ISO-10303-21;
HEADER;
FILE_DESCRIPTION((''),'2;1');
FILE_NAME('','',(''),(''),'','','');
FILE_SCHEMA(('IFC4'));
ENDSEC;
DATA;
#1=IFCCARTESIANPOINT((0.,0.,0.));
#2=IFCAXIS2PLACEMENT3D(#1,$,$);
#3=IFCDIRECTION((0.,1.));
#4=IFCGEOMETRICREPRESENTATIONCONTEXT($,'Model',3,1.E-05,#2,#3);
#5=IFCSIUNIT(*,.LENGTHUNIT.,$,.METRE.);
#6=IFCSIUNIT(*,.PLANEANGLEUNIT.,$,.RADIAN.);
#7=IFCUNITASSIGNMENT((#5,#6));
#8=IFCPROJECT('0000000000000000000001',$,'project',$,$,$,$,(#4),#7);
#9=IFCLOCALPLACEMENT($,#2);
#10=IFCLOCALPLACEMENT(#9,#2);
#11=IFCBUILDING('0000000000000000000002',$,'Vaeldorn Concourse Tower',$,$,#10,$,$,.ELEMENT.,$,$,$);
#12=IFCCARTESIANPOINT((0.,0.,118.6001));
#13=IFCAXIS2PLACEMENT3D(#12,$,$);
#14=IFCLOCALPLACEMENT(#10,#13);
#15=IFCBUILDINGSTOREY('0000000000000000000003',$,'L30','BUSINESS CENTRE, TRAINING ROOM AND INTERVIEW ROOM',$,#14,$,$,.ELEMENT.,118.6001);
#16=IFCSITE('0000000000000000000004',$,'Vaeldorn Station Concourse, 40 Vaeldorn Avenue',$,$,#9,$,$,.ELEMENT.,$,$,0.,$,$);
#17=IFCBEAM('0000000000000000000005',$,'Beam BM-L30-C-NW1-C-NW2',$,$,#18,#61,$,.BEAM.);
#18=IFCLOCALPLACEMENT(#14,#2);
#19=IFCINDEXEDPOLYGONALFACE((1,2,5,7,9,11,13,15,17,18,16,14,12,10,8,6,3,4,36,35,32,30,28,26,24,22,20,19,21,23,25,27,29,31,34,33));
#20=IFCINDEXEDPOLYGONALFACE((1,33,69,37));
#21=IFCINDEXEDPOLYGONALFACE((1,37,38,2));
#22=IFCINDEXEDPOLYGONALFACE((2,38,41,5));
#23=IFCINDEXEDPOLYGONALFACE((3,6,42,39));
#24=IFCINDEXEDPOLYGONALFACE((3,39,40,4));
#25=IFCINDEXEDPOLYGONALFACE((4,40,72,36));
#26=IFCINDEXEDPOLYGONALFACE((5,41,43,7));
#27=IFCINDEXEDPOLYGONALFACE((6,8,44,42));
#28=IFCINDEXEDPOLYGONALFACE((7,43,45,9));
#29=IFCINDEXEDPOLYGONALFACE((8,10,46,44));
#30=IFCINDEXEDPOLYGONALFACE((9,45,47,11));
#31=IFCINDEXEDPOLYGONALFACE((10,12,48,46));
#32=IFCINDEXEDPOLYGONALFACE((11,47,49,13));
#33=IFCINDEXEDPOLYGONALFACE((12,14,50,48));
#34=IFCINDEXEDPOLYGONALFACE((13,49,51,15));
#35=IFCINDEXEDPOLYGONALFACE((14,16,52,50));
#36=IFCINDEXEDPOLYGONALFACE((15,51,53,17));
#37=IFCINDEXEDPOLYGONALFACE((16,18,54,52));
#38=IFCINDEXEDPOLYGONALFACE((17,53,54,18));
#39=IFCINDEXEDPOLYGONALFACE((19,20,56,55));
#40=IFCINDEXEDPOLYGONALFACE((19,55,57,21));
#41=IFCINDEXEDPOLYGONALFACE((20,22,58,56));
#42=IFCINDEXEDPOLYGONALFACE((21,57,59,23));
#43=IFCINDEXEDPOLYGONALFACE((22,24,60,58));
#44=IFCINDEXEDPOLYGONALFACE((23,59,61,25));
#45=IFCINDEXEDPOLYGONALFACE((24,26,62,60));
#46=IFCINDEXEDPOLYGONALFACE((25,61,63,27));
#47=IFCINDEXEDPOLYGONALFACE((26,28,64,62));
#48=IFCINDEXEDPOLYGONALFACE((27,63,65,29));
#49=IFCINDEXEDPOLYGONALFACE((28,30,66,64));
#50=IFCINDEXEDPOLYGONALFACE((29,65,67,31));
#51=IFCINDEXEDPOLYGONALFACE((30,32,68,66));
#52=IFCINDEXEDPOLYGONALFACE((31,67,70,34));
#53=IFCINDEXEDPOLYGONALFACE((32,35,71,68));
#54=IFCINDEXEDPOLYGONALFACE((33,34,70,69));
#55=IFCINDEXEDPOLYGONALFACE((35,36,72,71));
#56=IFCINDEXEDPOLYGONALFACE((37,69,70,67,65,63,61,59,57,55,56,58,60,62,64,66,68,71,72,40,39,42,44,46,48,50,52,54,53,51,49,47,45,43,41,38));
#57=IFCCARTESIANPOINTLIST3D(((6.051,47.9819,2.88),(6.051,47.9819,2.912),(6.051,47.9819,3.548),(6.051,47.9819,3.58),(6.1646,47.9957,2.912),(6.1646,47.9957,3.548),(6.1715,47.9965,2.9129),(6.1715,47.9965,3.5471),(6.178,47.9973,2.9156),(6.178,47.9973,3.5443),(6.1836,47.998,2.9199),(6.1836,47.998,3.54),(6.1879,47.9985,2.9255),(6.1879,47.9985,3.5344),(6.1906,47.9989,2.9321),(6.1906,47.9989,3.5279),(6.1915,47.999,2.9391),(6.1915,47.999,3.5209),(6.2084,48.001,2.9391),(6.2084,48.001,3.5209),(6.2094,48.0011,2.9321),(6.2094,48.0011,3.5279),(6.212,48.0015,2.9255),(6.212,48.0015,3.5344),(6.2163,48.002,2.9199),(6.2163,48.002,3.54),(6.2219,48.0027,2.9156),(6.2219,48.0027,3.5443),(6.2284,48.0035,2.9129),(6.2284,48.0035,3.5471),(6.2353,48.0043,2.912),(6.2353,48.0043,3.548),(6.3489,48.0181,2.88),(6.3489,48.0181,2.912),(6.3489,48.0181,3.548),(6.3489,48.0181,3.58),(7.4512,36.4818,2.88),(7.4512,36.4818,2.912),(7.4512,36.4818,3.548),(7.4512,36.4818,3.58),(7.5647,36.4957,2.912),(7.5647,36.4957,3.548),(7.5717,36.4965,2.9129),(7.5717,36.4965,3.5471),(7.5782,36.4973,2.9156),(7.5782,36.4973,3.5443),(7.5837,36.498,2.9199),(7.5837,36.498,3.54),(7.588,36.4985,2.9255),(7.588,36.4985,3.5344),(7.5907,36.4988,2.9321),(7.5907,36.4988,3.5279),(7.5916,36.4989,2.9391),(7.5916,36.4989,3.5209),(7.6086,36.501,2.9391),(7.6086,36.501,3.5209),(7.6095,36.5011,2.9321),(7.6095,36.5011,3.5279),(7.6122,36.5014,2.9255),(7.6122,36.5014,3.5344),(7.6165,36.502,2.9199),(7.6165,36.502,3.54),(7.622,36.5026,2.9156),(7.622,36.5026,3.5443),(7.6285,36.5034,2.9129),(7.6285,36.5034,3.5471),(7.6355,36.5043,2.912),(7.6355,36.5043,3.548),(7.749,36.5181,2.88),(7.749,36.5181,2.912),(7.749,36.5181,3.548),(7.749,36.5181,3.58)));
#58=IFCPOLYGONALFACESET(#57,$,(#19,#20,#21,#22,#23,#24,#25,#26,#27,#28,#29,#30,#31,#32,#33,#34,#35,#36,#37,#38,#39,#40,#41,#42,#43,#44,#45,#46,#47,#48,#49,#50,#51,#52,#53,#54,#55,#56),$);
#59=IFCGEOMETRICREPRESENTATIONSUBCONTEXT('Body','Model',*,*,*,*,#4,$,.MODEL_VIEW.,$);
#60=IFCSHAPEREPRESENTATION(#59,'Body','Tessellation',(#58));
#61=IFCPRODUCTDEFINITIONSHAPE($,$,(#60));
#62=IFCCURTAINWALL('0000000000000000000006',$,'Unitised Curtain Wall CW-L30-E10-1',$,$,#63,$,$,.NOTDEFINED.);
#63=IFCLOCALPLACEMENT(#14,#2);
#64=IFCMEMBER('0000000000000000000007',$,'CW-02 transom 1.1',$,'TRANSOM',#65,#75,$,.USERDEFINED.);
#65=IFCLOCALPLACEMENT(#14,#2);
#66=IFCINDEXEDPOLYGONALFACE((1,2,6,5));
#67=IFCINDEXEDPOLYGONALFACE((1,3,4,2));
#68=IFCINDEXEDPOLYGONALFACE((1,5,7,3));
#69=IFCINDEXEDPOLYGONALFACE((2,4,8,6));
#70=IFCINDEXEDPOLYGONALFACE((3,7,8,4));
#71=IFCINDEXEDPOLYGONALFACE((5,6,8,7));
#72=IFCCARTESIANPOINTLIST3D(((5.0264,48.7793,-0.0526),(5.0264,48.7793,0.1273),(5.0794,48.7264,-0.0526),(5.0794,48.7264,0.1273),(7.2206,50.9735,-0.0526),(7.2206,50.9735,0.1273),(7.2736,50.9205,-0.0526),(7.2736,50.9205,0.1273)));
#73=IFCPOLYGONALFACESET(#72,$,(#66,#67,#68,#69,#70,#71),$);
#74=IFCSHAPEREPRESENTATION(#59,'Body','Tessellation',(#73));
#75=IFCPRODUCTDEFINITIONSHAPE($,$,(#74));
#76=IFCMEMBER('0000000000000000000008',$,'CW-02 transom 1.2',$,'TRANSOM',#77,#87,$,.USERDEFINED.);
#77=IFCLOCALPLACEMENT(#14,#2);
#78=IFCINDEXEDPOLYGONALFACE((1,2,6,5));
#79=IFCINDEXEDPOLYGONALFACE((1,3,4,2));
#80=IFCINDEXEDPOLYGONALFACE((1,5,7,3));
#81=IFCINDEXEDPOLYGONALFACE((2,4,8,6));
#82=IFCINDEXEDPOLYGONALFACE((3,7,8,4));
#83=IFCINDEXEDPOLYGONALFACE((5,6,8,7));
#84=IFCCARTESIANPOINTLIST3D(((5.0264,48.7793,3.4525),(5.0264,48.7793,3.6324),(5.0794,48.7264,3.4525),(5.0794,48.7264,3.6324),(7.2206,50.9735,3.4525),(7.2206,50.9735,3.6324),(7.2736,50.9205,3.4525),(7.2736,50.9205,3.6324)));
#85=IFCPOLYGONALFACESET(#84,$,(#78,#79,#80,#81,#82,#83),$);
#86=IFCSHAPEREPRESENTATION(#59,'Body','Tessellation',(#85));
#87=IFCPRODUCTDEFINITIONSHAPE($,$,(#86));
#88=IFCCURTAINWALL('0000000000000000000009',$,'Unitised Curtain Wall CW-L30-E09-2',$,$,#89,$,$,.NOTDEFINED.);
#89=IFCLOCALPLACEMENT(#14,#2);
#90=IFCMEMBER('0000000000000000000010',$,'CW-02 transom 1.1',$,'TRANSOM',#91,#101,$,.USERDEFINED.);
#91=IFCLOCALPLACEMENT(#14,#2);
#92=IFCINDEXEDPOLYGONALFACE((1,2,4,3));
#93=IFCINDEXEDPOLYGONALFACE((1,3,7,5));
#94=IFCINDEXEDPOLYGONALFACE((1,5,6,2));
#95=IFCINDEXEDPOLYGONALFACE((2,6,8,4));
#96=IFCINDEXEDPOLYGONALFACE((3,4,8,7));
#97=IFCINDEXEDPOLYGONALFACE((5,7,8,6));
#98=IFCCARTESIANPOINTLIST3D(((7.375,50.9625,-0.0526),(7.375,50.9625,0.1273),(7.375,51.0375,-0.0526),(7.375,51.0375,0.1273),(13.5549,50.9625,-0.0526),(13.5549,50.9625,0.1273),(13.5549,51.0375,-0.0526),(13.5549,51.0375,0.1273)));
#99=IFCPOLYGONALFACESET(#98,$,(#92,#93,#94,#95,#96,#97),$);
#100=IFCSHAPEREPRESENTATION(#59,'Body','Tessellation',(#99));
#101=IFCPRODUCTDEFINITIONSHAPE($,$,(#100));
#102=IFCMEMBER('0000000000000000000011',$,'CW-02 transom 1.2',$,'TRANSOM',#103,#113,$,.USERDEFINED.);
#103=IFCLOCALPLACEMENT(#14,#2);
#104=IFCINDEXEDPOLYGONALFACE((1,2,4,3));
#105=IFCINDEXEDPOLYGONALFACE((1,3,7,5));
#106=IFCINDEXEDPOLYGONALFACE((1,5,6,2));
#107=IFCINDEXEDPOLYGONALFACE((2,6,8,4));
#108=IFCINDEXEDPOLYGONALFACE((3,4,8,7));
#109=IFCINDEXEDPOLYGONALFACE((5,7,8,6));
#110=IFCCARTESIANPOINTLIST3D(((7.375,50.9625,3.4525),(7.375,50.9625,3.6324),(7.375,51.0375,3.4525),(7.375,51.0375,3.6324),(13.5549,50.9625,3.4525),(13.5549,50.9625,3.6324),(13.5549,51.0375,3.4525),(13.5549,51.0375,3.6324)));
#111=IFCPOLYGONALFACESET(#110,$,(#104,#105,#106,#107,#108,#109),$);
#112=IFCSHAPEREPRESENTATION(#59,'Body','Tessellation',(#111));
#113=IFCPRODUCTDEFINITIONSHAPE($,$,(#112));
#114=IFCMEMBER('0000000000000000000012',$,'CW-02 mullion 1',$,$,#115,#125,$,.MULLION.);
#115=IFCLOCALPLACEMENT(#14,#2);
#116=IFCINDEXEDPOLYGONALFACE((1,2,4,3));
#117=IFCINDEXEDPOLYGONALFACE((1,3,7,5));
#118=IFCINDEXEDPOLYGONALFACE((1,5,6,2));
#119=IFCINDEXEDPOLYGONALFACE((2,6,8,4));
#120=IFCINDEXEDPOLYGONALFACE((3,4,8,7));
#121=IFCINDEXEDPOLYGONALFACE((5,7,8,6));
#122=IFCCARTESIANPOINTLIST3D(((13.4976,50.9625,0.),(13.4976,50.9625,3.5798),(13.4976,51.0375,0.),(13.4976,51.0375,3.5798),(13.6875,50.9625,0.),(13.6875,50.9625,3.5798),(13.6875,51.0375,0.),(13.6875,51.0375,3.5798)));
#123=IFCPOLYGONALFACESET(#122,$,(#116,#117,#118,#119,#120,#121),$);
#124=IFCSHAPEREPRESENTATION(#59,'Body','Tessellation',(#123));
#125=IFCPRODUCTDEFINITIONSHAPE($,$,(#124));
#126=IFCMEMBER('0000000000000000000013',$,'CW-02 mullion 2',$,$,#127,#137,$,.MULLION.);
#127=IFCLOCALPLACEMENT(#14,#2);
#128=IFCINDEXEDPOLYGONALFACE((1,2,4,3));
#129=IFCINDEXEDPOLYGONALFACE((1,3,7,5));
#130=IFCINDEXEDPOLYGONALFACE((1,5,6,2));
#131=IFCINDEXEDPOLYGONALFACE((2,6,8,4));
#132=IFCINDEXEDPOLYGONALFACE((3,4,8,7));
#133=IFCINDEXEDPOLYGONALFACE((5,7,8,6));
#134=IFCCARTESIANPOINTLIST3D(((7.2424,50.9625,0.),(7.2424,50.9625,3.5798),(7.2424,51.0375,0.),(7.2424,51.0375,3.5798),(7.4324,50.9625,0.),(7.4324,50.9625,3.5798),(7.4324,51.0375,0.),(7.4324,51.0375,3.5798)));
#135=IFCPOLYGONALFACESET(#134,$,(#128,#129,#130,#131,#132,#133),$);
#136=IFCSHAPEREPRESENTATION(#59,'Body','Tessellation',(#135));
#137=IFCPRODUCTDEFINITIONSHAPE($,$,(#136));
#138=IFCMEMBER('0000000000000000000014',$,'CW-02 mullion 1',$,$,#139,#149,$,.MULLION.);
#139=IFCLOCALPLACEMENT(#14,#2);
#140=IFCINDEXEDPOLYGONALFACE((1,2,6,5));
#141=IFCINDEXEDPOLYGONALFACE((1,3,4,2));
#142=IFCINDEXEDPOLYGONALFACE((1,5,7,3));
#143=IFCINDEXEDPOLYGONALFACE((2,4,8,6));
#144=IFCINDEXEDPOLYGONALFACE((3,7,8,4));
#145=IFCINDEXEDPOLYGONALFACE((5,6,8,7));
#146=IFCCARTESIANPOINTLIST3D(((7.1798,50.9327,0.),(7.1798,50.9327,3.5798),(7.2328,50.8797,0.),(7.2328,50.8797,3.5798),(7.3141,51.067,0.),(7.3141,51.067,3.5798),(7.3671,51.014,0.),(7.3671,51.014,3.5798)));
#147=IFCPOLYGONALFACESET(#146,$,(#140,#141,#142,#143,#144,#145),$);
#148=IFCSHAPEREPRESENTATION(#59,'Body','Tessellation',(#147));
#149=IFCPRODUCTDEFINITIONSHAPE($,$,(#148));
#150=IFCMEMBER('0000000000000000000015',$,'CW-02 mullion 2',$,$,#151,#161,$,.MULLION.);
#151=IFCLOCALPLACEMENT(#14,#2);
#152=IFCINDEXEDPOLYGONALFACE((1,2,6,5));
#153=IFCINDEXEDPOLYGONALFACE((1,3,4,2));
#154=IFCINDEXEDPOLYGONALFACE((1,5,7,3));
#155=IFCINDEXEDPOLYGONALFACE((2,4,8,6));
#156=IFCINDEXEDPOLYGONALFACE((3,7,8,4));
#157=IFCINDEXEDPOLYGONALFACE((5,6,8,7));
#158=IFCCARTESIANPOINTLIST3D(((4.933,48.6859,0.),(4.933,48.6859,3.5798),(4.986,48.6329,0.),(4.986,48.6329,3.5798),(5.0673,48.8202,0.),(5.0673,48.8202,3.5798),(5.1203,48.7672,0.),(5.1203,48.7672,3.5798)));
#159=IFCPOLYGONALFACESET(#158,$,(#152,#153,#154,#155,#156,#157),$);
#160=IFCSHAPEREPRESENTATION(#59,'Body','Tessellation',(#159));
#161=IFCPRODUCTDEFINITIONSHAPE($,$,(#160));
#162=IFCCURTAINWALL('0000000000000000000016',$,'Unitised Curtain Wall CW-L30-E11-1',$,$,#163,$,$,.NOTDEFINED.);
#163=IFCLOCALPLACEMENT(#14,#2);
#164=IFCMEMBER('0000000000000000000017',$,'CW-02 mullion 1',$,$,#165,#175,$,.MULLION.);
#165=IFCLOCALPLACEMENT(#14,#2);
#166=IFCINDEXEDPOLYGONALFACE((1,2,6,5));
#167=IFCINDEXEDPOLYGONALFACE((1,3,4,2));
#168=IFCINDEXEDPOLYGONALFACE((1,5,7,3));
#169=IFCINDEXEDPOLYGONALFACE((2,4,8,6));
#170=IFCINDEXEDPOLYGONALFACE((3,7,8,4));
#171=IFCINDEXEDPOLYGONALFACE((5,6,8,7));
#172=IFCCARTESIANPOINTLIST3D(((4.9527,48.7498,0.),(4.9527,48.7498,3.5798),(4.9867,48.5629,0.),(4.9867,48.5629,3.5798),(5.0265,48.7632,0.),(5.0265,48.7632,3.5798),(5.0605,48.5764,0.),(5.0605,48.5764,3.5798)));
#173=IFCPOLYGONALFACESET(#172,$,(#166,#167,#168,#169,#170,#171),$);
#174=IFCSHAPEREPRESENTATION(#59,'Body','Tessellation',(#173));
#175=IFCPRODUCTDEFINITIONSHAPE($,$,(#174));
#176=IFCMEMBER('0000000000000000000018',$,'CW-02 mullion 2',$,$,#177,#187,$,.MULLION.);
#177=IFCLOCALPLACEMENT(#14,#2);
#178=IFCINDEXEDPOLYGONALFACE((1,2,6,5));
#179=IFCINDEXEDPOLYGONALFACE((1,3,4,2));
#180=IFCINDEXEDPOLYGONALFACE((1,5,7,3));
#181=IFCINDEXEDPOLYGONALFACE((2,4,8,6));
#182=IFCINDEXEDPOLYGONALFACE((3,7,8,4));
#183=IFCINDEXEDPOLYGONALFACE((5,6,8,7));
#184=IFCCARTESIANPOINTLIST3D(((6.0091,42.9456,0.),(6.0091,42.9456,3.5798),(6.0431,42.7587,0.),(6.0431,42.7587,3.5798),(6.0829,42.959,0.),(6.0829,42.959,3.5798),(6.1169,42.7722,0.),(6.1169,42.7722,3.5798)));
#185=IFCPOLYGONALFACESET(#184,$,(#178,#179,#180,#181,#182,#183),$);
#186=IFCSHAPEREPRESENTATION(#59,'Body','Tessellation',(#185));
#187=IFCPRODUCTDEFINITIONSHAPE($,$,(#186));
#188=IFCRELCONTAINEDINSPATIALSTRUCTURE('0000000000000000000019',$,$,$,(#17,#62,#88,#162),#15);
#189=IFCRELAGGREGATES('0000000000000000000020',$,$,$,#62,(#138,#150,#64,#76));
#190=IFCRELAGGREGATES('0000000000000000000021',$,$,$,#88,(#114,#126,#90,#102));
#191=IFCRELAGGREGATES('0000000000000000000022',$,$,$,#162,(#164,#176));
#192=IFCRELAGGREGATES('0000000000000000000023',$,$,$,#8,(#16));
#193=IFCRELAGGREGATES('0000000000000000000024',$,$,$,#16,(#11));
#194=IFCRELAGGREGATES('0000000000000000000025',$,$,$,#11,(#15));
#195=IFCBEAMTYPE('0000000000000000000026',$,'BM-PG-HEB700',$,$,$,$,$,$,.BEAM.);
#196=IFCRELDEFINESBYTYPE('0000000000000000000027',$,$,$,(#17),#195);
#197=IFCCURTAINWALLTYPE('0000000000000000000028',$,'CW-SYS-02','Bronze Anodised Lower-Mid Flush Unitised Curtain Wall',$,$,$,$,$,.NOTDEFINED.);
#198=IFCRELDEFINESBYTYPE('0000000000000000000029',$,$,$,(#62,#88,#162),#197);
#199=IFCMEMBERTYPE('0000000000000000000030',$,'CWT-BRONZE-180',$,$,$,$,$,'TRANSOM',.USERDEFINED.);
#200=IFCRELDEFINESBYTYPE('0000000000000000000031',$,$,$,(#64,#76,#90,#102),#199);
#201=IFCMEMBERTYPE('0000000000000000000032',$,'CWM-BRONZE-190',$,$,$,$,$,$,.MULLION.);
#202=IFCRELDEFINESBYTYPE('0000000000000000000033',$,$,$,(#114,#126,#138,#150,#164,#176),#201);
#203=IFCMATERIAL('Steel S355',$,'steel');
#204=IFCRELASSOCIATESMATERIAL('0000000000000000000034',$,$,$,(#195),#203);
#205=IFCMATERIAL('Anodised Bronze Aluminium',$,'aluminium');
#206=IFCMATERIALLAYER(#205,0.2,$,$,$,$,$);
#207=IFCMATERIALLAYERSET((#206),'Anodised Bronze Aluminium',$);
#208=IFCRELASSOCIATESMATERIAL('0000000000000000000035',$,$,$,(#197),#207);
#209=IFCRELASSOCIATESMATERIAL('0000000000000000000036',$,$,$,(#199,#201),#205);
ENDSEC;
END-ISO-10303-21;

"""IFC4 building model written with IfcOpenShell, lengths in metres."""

from ifc_helpers import new_model, si_unit, direction, frame, origin, origin_2d, place, context, subcontext, project, spatial, rectangle, i_section, extrude, source, transform, mapped, material, layer, layer_set, material_profile, profile_set, type_object, element, aggregate, save


model = new_model("IFC4")

# Units and contexts
model_context = context("Model", 3, precision=1e-05, world=origin(), true_north=direction((0.0, 1.0)))
body_context = subcontext(model_context, "Body", "Model", "MODEL_VIEW")
ifc_project = project(units=[si_unit("LENGTHUNIT", "METRE"), si_unit("PLANEANGLEUNIT", "RADIAN")], contexts=[model_context])

# Site, building, storey
site_placement = place(None, origin())
site = spatial("IfcSite", under=ifc_project, at=site_placement, Name="Vaeldorn Station Concourse, 40 Vaeldorn Avenue", CompositionType="ELEMENT", RefElevation=0.0)
building_placement = place(site_placement, origin())
building = spatial("IfcBuilding", under=site, at=building_placement, Name="Vaeldorn Concourse Tower", CompositionType="ELEMENT")
storey_placement = place(building_placement, frame((0.0, 0.0, 118.6001)))
storey = spatial("IfcBuildingStorey", under=building, at=storey_placement, Name="L30", Description="BUSINESS CENTRE, TRAINING ROOM AND INTERVIEW ROOM", CompositionType="ELEMENT", Elevation=118.6001)

# Beam
ifc_material_1 = material(Name="Steel S355", Category="steel")
ifc_material_profile_1 = material_profile(ifc_material_1, i_section(OverallWidth=0.3, OverallDepth=0.7, WebThickness=0.0171, FlangeThickness=0.032, FilletRadius=0.0271, at=origin_2d()), Name="HEB 700")
ifc_profile_set_1 = profile_set([ifc_material_profile_1], Name="Steel S355")
beam_type_1 = type_object("IfcBeamType", Name="BM-PG-HEB700", PredefinedType="BEAM", material=ifc_profile_set_1)
shared_shape_1 = source(origin(), body_context, "Body", "SweptSolid", [
    extrude(i_section(OverallWidth=0.3, OverallDepth=0.7, WebThickness=0.0171, FlangeThickness=0.032, FilletRadius=0.0271, at=origin_2d()), origin(), (0.0, 0.0, 1.0), 11.585),
])
beam_1_placement = place(storey_placement, frame((6.2, 48.0, 3.23), z_axis=(0.120859, -0.99267, 0.0), x_axis=(0.99267, 0.120859, 0.0)))
element("IfcBeam", 1, at=beam_1_placement, inside=storey, type_object=beam_type_1, Name="Beam BM-L30-C-NW1-C-NW2", PredefinedType="BEAM", context=body_context, shape_type="MappedRepresentation", body=[
    mapped(shared_shape_1, transform((0.0, 0.0, 0.0), scale=1.0)),
])

# Curtain walls, members
ifc_material_2 = material(Name="Anodised Bronze Aluminium", Category="aluminium")
ifc_layer_1 = layer(ifc_material_2, 0.2)
ifc_layer_set_1 = layer_set([ifc_layer_1], Name="Anodised Bronze Aluminium")
curtain_wall_type = type_object("IfcCurtainWallType", Name="CW-SYS-02", Description="Bronze Anodised Lower-Mid Flush Unitised Curtain Wall", PredefinedType="NOTDEFINED", material=ifc_layer_set_1)
curtain_wall_1_placement = place(storey_placement, origin())
curtain_wall_1 = element("IfcCurtainWall", 2, at=curtain_wall_1_placement, inside=storey, type_object=curtain_wall_type, Name="Unitised Curtain Wall CW-L30-E10-1", PredefinedType="NOTDEFINED")
ifc_material_profile_2 = material_profile(ifc_material_2, rectangle(XDim=0.075, YDim=0.1799, at=origin_2d()), Name="CWT 75x180")
ifc_profile_set_2 = profile_set([ifc_material_profile_2], Name="Anodised Bronze Aluminium")
member_type_1 = type_object("IfcMemberType", Name="CWT-BRONZE-180", ElementType="TRANSOM", PredefinedType="USERDEFINED", material=ifc_profile_set_2)
shared_shape_2 = source(origin(), body_context, "Body", "SweptSolid", [
    extrude(rectangle(XDim=0.075, YDim=0.1799, at=origin_2d()), origin(), (0.0, 0.0, 1.0), 3.103),
])
member_1_placement = place(storey_placement, frame((7.2471, 50.947, 0.0374), z_axis=(-0.707107, -0.707107, 0.0), x_axis=(0.707107, -0.707107, 0.0)))
member_1 = element("IfcMember", 3, at=member_1_placement, type_object=member_type_1, Name="CW-02 transom 1.1", ObjectType="TRANSOM", PredefinedType="USERDEFINED", context=body_context, shape_type="MappedRepresentation", body=[
    mapped(shared_shape_2, transform((0.0, 0.0, 0.0), scale=1.0)),
])
member_2_placement = place(storey_placement, frame((7.2471, 50.947, 3.5425), z_axis=(-0.707107, -0.707107, 0.0), x_axis=(0.707107, -0.707107, 0.0)))
member_2 = element("IfcMember", 4, at=member_2_placement, type_object=member_type_1, Name="CW-02 transom 1.2", ObjectType="TRANSOM", PredefinedType="USERDEFINED", context=body_context, shape_type="MappedRepresentation", body=[
    mapped(shared_shape_2, transform((0.0, 0.0, 0.0), scale=1.0)),
])
curtain_wall_2_placement = place(storey_placement, origin())
curtain_wall_2 = element("IfcCurtainWall", 5, at=curtain_wall_2_placement, inside=storey, type_object=curtain_wall_type, Name="Unitised Curtain Wall CW-L30-E09-2", PredefinedType="NOTDEFINED")
shared_shape_3 = source(origin(), body_context, "Body", "SweptSolid", [
    extrude(rectangle(XDim=0.075, YDim=0.1799, at=origin_2d()), origin(), (0.0, 0.0, 1.0), 6.1799),
])
member_3_placement = place(storey_placement, frame((13.5549, 51.0, 0.0374), z_axis=(-1.0, 0.0, 0.0), x_axis=(0.0, -1.0, 0.0)))
member_3 = element("IfcMember", 6, at=member_3_placement, type_object=member_type_1, Name="CW-02 transom 1.1", ObjectType="TRANSOM", PredefinedType="USERDEFINED", context=body_context, shape_type="MappedRepresentation", body=[
    mapped(shared_shape_3, transform((0.0, 0.0, 0.0), scale=1.0)),
])
member_4_placement = place(storey_placement, frame((13.5549, 51.0, 3.5425), z_axis=(-1.0, 0.0, 0.0), x_axis=(0.0, -1.0, 0.0)))
member_4 = element("IfcMember", 7, at=member_4_placement, type_object=member_type_1, Name="CW-02 transom 1.2", ObjectType="TRANSOM", PredefinedType="USERDEFINED", context=body_context, shape_type="MappedRepresentation", body=[
    mapped(shared_shape_3, transform((0.0, 0.0, 0.0), scale=1.0)),
])
ifc_material_profile_3 = material_profile(ifc_material_2, rectangle(XDim=0.075, YDim=0.1899, at=origin_2d()), Name="CWM 75x190")
ifc_profile_set_3 = profile_set([ifc_material_profile_3], Name="Anodised Bronze Aluminium")
member_type_2 = type_object("IfcMemberType", Name="CWM-BRONZE-190", PredefinedType="MULLION", material=ifc_profile_set_3)
shared_shape_4 = source(origin(), body_context, "Body", "SweptSolid", [
    extrude(rectangle(XDim=0.075, YDim=0.1899, at=origin_2d()), origin(), (0.0, 0.0, 1.0), 3.5798),
])
member_5_placement = place(storey_placement, frame((13.5925, 51.0, 0.0), z_axis=(0.0, 0.0, 1.0), x_axis=(0.0, -1.0, 0.0)))
member_5 = element("IfcMember", 8, at=member_5_placement, type_object=member_type_2, Name="CW-02 mullion 1", PredefinedType="MULLION", context=body_context, shape_type="MappedRepresentation", body=[
    mapped(shared_shape_4, transform((0.0, 0.0, 0.0), scale=1.0)),
])
member_6_placement = place(storey_placement, frame((7.3374, 51.0, 0.0), z_axis=(0.0, 0.0, 1.0), x_axis=(0.0, -1.0, 0.0)))
member_6 = element("IfcMember", 9, at=member_6_placement, type_object=member_type_2, Name="CW-02 mullion 2", PredefinedType="MULLION", context=body_context, shape_type="MappedRepresentation", body=[
    mapped(shared_shape_4, transform((0.0, 0.0, 0.0), scale=1.0)),
])

# Members
member_7_placement = place(storey_placement, frame((7.2734, 50.9734, 0.0), z_axis=(0.0, 0.0, 1.0), x_axis=(0.707107, -0.707107, 0.0)))
member_7 = element("IfcMember", 10, at=member_7_placement, type_object=member_type_2, Name="CW-02 mullion 1", PredefinedType="MULLION", context=body_context, shape_type="MappedRepresentation", body=[
    mapped(shared_shape_4, transform((0.0, 0.0, 0.0), scale=1.0)),
])
member_8_placement = place(storey_placement, frame((5.0266, 48.7266, 0.0), z_axis=(0.0, 0.0, 1.0), x_axis=(0.707107, -0.707107, 0.0)))
member_8 = element("IfcMember", 11, at=member_8_placement, type_object=member_type_2, Name="CW-02 mullion 2", PredefinedType="MULLION", context=body_context, shape_type="MappedRepresentation", body=[
    mapped(shared_shape_4, transform((0.0, 0.0, 0.0), scale=1.0)),
])

# Curtain wall, members
curtain_wall_3_placement = place(storey_placement, origin())
curtain_wall_3 = element("IfcCurtainWall", 12, at=curtain_wall_3_placement, inside=storey, type_object=curtain_wall_type, Name="Unitised Curtain Wall CW-L30-E11-1", PredefinedType="NOTDEFINED")
member_9_placement = place(storey_placement, frame((5.0066, 48.6631, 0.0), z_axis=(0.0, 0.0, 1.0), x_axis=(0.983843, 0.179032, 0.0)))
member_9 = element("IfcMember", 13, at=member_9_placement, type_object=member_type_2, Name="CW-02 mullion 1", PredefinedType="MULLION", context=body_context, shape_type="MappedRepresentation", body=[
    mapped(shared_shape_4, transform((0.0, 0.0, 0.0), scale=1.0)),
])
member_10_placement = place(storey_placement, frame((6.063, 42.8589, 0.0), z_axis=(0.0, 0.0, 1.0), x_axis=(0.983843, 0.179032, 0.0)))
member_10 = element("IfcMember", 14, at=member_10_placement, type_object=member_type_2, Name="CW-02 mullion 2", PredefinedType="MULLION", context=body_context, shape_type="MappedRepresentation", body=[
    mapped(shared_shape_4, transform((0.0, 0.0, 0.0), scale=1.0)),
])

aggregate(curtain_wall_1, [member_7, member_8, member_1, member_2])
aggregate(curtain_wall_2, [member_5, member_6, member_3, member_4])
aggregate(curtain_wall_3, [member_9, member_10])

save(model, "model.ifc")
